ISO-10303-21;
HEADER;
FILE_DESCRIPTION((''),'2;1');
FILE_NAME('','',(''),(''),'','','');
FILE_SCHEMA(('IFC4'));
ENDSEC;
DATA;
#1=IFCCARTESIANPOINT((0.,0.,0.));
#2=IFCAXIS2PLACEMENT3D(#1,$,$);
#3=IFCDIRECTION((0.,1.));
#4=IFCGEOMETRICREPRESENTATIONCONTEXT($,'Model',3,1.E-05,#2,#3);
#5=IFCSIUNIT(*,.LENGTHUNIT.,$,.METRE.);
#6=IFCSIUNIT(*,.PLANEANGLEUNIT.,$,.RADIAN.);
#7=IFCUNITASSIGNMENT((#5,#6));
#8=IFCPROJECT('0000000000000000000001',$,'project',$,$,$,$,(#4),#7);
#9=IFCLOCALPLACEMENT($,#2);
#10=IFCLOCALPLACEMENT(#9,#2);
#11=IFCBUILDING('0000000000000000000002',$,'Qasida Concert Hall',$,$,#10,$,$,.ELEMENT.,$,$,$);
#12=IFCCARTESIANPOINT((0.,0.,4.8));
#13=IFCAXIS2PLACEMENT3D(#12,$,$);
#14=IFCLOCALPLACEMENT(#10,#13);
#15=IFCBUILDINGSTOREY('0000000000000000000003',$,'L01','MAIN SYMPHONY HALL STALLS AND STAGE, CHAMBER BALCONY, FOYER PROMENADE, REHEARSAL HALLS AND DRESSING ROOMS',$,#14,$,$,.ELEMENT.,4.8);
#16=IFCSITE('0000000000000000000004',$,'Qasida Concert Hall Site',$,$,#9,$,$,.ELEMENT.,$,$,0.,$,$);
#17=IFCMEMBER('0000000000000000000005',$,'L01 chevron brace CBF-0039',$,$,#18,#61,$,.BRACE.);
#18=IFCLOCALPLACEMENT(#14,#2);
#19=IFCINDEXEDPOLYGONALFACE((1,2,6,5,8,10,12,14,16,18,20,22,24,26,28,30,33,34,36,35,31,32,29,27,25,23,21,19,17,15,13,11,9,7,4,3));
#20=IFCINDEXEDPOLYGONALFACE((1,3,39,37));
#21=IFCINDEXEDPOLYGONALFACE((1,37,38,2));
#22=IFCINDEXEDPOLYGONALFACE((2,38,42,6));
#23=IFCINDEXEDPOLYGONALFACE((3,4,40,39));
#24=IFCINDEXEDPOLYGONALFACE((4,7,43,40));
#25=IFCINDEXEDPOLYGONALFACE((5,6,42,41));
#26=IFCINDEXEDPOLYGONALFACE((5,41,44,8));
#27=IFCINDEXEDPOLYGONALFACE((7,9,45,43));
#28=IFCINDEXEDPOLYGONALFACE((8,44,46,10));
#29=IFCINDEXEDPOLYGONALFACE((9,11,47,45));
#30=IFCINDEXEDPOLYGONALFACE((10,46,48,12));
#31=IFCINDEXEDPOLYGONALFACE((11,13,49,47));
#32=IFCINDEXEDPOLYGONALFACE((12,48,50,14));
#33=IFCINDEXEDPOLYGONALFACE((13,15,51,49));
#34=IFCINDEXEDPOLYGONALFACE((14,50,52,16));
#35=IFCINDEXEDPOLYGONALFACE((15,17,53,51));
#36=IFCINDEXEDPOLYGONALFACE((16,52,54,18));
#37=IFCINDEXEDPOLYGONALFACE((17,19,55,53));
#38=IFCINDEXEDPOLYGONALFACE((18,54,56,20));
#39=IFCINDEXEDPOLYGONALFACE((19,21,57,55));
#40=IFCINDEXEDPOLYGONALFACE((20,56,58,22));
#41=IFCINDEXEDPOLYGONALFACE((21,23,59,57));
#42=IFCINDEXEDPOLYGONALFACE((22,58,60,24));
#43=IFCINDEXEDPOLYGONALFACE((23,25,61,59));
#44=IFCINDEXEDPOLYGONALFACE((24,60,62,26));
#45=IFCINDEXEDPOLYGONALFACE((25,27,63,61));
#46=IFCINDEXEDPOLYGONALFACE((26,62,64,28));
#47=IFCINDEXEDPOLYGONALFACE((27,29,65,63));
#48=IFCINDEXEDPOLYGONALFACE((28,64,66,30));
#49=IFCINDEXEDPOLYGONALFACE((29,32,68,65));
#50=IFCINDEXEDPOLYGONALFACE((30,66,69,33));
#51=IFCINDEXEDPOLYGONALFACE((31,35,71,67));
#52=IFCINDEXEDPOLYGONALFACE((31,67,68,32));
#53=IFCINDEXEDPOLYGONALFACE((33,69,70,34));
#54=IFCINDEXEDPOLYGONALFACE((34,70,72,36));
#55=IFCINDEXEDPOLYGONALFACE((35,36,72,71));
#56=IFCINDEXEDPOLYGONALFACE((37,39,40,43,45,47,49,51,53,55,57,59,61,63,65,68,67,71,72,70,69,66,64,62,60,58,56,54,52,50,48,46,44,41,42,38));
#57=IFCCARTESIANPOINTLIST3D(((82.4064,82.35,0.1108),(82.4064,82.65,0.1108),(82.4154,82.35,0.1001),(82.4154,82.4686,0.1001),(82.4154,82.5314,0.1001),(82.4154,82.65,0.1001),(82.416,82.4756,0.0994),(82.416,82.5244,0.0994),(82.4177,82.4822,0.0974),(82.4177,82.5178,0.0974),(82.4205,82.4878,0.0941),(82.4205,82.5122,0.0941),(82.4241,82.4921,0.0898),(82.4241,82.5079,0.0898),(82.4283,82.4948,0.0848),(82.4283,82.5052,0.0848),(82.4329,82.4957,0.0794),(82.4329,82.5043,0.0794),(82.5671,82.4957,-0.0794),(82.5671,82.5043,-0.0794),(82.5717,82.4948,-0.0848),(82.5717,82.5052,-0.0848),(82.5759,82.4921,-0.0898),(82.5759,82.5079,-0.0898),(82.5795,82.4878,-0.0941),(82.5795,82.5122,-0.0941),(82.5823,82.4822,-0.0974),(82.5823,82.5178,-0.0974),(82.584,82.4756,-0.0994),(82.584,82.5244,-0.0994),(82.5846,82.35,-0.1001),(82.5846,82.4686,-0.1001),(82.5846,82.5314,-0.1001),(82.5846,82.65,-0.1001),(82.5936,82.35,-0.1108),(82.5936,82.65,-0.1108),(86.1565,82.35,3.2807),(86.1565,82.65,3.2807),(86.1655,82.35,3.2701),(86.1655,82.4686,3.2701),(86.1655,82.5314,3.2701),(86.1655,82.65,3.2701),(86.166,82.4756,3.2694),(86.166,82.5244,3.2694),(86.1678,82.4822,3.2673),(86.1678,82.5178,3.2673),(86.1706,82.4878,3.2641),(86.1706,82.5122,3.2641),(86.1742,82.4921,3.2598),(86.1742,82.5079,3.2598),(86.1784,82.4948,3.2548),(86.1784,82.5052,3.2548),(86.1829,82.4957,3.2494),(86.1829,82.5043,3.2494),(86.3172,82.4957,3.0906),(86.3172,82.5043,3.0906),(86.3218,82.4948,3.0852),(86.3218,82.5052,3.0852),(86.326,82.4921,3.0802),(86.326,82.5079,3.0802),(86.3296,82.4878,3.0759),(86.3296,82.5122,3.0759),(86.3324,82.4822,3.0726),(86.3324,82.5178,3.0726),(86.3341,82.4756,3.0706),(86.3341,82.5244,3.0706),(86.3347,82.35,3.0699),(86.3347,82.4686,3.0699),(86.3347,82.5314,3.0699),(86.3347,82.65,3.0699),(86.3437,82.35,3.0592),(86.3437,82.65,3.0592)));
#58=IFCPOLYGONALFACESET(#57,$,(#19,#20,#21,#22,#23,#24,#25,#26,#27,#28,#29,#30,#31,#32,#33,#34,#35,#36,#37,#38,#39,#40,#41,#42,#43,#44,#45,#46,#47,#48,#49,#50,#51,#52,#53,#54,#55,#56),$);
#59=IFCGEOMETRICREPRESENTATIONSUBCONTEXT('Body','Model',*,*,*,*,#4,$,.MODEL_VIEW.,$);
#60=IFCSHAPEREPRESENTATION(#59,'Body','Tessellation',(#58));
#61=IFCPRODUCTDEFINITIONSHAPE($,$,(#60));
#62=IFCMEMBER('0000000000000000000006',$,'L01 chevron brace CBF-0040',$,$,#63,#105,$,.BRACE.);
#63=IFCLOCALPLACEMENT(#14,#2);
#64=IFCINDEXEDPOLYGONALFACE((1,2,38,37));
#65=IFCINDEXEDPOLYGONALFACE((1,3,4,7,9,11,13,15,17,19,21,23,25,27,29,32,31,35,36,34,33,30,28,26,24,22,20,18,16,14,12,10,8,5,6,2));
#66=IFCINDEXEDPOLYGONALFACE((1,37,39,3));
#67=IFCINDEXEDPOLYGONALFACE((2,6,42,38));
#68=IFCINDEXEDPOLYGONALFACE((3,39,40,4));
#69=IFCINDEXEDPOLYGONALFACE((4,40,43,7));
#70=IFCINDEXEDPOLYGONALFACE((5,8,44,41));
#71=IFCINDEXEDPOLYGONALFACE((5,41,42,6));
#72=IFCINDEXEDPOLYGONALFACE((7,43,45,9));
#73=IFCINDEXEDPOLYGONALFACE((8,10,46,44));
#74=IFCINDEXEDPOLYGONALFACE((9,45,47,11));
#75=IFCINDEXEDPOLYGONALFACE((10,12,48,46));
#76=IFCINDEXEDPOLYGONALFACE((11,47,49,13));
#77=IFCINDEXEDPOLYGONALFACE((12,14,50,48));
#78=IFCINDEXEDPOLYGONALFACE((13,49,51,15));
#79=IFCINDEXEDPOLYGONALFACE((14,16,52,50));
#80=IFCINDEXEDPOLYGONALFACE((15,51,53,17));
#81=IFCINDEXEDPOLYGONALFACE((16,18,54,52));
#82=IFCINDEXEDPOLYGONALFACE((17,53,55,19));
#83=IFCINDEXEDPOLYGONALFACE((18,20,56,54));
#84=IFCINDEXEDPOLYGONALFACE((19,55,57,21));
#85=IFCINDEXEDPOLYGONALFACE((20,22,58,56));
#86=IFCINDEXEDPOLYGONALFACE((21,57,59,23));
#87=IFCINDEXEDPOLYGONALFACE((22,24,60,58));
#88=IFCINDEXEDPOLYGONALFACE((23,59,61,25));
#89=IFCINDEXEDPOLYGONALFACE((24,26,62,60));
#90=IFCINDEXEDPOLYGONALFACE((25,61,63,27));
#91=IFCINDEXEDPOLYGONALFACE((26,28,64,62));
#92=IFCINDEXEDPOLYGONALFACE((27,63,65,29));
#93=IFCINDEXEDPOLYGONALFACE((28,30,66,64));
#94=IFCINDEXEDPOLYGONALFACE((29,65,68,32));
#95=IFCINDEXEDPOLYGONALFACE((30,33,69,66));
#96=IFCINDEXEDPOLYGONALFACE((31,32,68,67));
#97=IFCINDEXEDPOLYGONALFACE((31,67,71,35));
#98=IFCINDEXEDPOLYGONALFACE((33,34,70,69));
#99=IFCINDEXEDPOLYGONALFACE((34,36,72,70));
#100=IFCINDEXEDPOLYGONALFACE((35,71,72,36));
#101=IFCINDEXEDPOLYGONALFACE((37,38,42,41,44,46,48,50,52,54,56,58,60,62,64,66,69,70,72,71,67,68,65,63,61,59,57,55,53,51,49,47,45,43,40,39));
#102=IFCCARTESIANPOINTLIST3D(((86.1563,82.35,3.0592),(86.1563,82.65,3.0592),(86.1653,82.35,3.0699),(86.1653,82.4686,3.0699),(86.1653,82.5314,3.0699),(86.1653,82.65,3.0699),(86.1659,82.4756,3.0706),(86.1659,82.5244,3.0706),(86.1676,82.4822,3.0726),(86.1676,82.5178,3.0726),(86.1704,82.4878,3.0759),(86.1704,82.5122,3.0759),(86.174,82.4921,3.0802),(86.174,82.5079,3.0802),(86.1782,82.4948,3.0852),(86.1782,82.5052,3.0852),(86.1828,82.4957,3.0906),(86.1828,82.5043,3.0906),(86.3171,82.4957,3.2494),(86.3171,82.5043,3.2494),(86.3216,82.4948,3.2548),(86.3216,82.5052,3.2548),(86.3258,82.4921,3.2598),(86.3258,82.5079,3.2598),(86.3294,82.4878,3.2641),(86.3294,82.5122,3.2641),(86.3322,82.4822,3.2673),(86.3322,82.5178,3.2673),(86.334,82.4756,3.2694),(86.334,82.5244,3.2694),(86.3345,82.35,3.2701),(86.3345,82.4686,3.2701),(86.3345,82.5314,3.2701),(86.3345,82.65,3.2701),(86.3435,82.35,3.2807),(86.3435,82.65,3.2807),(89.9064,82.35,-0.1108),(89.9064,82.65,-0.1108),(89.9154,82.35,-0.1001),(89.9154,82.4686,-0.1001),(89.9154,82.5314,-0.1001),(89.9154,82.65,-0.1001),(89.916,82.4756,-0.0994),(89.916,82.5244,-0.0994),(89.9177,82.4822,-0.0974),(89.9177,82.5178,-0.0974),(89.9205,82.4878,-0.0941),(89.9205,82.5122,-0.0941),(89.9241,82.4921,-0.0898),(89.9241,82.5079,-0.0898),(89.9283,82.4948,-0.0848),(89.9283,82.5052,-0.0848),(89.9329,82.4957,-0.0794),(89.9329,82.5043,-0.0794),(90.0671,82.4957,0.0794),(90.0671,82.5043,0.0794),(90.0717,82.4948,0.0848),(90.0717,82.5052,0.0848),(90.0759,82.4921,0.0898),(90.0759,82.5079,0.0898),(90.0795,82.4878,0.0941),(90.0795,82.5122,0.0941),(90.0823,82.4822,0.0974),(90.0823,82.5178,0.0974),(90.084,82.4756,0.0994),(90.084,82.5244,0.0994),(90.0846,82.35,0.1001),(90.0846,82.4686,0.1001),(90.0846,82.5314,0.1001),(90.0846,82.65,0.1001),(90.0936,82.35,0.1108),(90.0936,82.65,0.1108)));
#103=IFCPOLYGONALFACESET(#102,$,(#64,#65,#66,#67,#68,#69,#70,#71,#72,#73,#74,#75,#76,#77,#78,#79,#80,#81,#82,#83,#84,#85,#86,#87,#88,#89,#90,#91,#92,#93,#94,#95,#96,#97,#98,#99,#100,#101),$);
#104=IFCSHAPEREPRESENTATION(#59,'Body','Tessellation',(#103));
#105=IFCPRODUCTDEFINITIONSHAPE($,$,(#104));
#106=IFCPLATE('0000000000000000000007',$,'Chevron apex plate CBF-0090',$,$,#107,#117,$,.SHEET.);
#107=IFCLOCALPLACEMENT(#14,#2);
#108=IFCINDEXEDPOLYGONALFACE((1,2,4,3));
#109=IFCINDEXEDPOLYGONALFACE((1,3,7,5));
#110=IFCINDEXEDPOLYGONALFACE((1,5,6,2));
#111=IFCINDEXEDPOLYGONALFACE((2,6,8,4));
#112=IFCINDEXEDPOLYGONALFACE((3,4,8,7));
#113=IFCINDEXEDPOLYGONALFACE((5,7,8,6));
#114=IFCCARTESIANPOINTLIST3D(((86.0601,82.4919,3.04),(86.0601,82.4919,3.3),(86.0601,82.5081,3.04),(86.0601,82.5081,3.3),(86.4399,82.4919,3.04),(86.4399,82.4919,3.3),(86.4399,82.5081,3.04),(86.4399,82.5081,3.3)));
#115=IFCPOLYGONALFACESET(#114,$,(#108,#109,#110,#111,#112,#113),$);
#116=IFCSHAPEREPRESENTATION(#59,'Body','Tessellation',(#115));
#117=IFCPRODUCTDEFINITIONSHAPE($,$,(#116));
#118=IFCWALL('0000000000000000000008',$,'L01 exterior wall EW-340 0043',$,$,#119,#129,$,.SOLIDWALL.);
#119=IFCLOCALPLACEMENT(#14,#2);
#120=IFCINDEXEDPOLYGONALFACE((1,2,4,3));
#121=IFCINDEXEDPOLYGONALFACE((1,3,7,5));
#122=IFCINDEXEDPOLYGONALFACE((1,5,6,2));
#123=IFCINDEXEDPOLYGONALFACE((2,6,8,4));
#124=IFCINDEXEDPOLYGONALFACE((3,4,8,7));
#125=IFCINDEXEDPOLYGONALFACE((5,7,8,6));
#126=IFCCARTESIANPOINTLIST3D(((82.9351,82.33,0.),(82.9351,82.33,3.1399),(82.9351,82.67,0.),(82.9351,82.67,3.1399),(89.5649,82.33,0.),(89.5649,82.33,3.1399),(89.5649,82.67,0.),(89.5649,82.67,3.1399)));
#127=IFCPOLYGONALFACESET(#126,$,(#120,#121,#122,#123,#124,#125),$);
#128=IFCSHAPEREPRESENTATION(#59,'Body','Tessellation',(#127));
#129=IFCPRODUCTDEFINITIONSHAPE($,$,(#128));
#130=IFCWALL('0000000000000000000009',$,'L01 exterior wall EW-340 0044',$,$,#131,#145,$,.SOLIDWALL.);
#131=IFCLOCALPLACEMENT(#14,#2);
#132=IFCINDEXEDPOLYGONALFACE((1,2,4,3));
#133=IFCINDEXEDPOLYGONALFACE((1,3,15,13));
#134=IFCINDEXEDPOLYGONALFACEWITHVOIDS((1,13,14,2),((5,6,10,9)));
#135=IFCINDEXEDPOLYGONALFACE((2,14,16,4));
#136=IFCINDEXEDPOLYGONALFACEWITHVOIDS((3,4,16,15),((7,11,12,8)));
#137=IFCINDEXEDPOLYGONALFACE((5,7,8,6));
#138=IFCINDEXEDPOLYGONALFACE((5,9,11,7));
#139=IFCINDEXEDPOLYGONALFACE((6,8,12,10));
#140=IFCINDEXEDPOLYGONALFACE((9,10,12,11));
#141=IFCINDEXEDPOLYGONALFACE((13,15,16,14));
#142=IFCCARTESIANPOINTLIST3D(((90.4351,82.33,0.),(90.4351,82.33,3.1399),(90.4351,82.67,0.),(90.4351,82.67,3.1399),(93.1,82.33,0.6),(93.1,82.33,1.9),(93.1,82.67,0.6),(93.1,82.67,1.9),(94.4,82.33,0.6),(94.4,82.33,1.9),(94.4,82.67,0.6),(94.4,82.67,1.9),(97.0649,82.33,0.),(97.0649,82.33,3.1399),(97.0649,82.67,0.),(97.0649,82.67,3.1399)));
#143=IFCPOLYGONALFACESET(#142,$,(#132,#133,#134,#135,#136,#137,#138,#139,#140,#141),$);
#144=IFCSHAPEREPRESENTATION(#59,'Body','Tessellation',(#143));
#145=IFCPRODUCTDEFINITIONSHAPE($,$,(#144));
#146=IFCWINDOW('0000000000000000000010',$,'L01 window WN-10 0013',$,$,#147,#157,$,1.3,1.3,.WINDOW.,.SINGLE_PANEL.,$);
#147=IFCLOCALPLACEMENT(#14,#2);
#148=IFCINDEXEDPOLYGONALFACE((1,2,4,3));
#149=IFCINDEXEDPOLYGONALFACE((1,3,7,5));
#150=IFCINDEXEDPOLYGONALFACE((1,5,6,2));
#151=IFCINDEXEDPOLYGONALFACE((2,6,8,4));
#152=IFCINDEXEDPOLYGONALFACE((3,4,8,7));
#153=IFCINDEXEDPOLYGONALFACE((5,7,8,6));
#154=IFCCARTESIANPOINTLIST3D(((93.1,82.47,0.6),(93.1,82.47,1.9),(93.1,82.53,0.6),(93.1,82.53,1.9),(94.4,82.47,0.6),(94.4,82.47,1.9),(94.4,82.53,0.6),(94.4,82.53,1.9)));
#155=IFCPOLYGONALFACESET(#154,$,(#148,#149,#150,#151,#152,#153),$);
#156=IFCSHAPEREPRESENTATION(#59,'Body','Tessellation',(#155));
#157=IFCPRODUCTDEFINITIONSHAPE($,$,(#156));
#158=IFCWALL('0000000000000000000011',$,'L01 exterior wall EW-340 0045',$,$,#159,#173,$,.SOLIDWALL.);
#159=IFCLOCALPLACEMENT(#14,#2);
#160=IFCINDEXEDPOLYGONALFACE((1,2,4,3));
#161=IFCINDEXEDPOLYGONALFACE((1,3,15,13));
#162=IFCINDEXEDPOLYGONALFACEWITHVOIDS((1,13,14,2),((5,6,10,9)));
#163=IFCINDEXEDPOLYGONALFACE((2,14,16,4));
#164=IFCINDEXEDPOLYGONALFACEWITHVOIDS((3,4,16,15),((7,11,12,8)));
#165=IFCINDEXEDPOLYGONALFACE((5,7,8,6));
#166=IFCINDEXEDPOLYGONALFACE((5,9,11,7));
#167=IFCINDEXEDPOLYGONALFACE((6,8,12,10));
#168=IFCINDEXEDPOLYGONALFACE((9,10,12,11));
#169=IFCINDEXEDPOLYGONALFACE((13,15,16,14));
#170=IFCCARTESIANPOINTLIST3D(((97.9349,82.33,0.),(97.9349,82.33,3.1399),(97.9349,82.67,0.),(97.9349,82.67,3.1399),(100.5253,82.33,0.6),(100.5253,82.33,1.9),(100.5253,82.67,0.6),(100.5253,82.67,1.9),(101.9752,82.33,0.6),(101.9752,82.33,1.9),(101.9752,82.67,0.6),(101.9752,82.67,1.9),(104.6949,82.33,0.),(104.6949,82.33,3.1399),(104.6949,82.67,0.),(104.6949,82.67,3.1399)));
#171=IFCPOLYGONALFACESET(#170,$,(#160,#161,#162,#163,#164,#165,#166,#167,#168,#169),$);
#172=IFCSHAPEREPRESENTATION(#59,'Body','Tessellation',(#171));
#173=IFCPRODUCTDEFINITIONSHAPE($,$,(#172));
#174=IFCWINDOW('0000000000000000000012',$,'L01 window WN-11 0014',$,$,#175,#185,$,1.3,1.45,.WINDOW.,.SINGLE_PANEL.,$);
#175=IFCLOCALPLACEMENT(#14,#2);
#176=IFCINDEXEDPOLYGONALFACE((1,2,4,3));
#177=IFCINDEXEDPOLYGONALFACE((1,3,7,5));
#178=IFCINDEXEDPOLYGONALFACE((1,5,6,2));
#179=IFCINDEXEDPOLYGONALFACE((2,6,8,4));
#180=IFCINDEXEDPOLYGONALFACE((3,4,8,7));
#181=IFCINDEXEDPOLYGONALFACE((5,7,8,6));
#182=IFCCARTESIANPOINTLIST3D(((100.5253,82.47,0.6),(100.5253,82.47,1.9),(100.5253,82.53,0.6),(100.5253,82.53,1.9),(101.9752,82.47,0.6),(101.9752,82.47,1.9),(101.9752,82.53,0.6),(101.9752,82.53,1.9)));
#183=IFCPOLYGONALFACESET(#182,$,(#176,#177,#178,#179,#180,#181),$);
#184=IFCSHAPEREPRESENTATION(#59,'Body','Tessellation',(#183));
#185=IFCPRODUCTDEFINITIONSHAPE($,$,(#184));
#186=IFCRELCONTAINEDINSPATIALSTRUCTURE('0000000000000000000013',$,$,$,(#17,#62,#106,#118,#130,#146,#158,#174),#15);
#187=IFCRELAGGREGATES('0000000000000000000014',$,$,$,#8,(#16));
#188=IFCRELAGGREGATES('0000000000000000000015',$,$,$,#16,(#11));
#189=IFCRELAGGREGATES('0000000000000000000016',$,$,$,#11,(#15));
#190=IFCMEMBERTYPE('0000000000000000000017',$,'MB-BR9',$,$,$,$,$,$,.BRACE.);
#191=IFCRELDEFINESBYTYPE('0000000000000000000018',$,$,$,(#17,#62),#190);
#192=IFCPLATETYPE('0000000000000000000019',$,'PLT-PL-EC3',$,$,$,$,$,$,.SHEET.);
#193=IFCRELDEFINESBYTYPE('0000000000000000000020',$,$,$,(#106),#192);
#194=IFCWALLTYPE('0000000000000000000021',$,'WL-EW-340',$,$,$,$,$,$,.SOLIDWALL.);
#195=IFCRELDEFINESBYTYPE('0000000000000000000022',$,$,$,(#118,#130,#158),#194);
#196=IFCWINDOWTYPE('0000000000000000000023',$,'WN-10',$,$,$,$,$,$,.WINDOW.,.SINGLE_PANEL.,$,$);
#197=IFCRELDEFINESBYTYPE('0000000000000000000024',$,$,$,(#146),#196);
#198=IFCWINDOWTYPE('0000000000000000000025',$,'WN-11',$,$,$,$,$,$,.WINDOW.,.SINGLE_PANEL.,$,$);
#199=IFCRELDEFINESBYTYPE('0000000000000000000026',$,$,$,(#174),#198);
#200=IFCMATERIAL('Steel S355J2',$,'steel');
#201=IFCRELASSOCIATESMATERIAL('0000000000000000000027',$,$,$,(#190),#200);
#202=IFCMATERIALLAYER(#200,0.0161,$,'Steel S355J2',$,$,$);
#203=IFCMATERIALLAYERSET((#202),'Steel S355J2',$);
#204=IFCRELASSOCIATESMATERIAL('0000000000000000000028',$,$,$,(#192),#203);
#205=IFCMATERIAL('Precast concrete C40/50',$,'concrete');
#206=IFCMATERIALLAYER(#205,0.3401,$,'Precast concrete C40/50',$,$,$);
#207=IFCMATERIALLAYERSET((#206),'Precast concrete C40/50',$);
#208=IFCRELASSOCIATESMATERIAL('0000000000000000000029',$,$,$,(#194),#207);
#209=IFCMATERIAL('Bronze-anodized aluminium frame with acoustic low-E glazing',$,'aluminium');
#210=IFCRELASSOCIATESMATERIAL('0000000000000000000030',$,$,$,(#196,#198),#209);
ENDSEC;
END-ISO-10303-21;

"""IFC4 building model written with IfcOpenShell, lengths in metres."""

from ifc_helpers import new_model, si_unit, direction, frame, frame_2d, origin, origin_2d, place, context, subcontext, project, spatial, rectangle, i_section, extrude, material, layer, layer_set, material_profile, profile_set, type_object, element, fill, save


model = new_model("IFC4")

# Units and contexts
model_context = context("Model", 3, precision=1e-05, world=origin(), true_north=direction((0.0, 1.0)))
body_context = subcontext(model_context, "Body", "Model", "MODEL_VIEW")
ifc_project = project(units=[si_unit("LENGTHUNIT", "METRE"), si_unit("PLANEANGLEUNIT", "RADIAN")], contexts=[model_context])

# Site, building, storey
site_placement = place(None, origin())
site = spatial("IfcSite", under=ifc_project, at=site_placement, Name="Qasida Concert Hall Site", CompositionType="ELEMENT", RefElevation=0.0)
building_placement = place(site_placement, origin())
building = spatial("IfcBuilding", under=site, at=building_placement, Name="Qasida Concert Hall", CompositionType="ELEMENT")
storey_placement = place(building_placement, frame((0.0, 0.0, 4.8)))
storey = spatial("IfcBuildingStorey", under=building, at=storey_placement, Name="L01", Description="MAIN SYMPHONY HALL STALLS AND STAGE, CHAMBER BALCONY, FOYER PROMENADE, REHEARSAL HALLS AND DRESSING ROOMS", CompositionType="ELEMENT", Elevation=4.8)

# Shared definitions
ifc_material_1 = material(Name="Steel S355J2", Category="steel")

# Members
ifc_material_profile_1 = material_profile(ifc_material_1, i_section(OverallWidth=0.3, OverallDepth=0.29, WebThickness=0.0085, FlangeThickness=0.0139, FilletRadius=0.0271, at=origin_2d()), Name="HEA 300")
ifc_profile_set_1 = profile_set([ifc_material_profile_1], Name="Steel S355J2")
member_type = type_object("IfcMemberType", Name="MB-BR9", PredefinedType="BRACE", material=ifc_profile_set_1)
for number, where, z_axis, x_axis, name in (
    (1, (82.5, 82.5, 0.0), (0.763703, 0.0, 0.645568), (0.0, 1.0, 0.0), "L01 chevron brace CBF-0039"),
    (2, (90.0, 82.5, 0.0), (-0.763703, 0.0, 0.645568), (0.0, -1.0, 0.0), "L01 chevron brace CBF-0040"),
):
    element("IfcMember", number, at=place(storey_placement, frame(where, z_axis=z_axis, x_axis=x_axis)), inside=storey, type_object=member_type, Name=name, PredefinedType="BRACE", context=body_context, shape_type="SweptSolid", body=[
        extrude(i_section(OverallWidth=0.3, OverallDepth=0.29, WebThickness=0.0085, FlangeThickness=0.0139, FilletRadius=0.0271, at=origin_2d()), origin(), (0.0, 0.0, 1.0), 4.9104),
    ])

# Plate
ifc_layer_1 = layer(ifc_material_1, 0.0161, Name="Steel S355J2")
ifc_layer_set_1 = layer_set([ifc_layer_1], Name="Steel S355J2")
plate_type = type_object("IfcPlateType", Name="PLT-PL-EC3", PredefinedType="SHEET", material=ifc_layer_set_1)
plate_placement = place(storey_placement, frame((86.25, 82.5, 3.04), z_axis=(0.0, 0.0, 1.0), x_axis=(1.0, 0.0, 0.0)))
element("IfcPlate", 3, at=plate_placement, inside=storey, type_object=plate_type, Name="Chevron apex plate CBF-0090", PredefinedType="SHEET", context=body_context, shape_type="SweptSolid", body=[
    extrude(rectangle(XDim=0.3799, YDim=0.0161, at=origin_2d()), origin(), (0.0, 0.0, 1.0), 0.26),
])

# Wall
ifc_material_2 = material(Name="Precast concrete C40/50", Category="concrete")
ifc_layer_2 = layer(ifc_material_2, 0.3401, Name="Precast concrete C40/50")
ifc_layer_set_2 = layer_set([ifc_layer_2], Name="Precast concrete C40/50")
wall_type_1 = type_object("IfcWallType", Name="WL-EW-340", PredefinedType="SOLIDWALL", material=ifc_layer_set_2)
wall_1_placement = place(storey_placement, frame((82.9351, 82.5, 0.0), z_axis=(0.0, 0.0, 1.0), x_axis=(1.0, 0.0, 0.0)))
element("IfcWall", 4, at=wall_1_placement, inside=storey, type_object=wall_type_1, Name="L01 exterior wall EW-340 0043", PredefinedType="SOLIDWALL", context=body_context, shape_type="SweptSolid", body=[
    extrude(rectangle(XDim=6.6299, YDim=0.3401, at=frame_2d((3.3149, 0.0))), origin(), (0.0, 0.0, 1.0), 3.1399),
])

# Walls, openings, windows
wall_2_placement = place(storey_placement, frame((90.4351, 82.5, 0.0), z_axis=(0.0, 0.0, 1.0), x_axis=(1.0, 0.0, 0.0)))
wall_2 = element("IfcWall", 5, at=wall_2_placement, inside=storey, type_object=wall_type_1, Name="L01 exterior wall EW-340 0044", PredefinedType="SOLIDWALL", context=body_context, shape_type="SweptSolid", body=[
    extrude(rectangle(XDim=6.6299, YDim=0.3401, at=frame_2d((3.3149, 0.0))), origin(), (0.0, 0.0, 1.0), 3.1399),
])
opening_1_placement = place(wall_2_placement, frame((2.665, 0.0, 0.6001)))
opening_1 = element("IfcOpeningElement", 6, at=opening_1_placement, cuts=wall_2, PredefinedType="OPENING", context=body_context, shape_type="SweptSolid", body=[
    extrude(rectangle(XDim=1.3, YDim=1.3, at=frame_2d((0.6499, 0.6499))), frame((0.0, 0.1799, 0.0), z_axis=(0.0, -1.0, 0.0), x_axis=(1.0, 0.0, 0.0)), (0.0, 0.0, 1.0), 0.3601),
])
ifc_material_3 = material(Name="Bronze-anodized aluminium frame with acoustic low-E glazing", Category="aluminium")
window_type_1 = type_object("IfcWindowType", Name="WN-10", PartitioningType="SINGLE_PANEL", PredefinedType="WINDOW", material=ifc_material_3)
window_1_placement = place(opening_1_placement, origin())
window_1 = element("IfcWindow", 7, at=window_1_placement, inside=storey, type_object=window_type_1, Name="L01 window WN-10 0013", OverallHeight=1.3, OverallWidth=1.3, PartitioningType="SINGLE_PANEL", PredefinedType="WINDOW", context=body_context, shape_type="SweptSolid", body=[
    extrude(rectangle(XDim=1.3, YDim=1.3, at=frame_2d((0.6499, 0.6499))), frame((0.0, 0.03, 0.0), z_axis=(0.0, -1.0, 0.0), x_axis=(1.0, 0.0, 0.0)), (0.0, 0.0, 1.0), 0.0601),
])
fill(opening_1, window_1)
wall_3_placement = place(storey_placement, frame((97.9351, 82.5, 0.0), z_axis=(0.0, 0.0, 1.0), x_axis=(1.0, 0.0, 0.0)))
wall_3 = element("IfcWall", 8, at=wall_3_placement, inside=storey, type_object=wall_type_1, Name="L01 exterior wall EW-340 0045", PredefinedType="SOLIDWALL", context=body_context, shape_type="SweptSolid", body=[
    extrude(rectangle(XDim=6.76, YDim=0.3401, at=frame_2d((3.3799, 0.0))), origin(), (0.0, 0.0, 1.0), 3.1399),
])
opening_2_placement = place(wall_3_placement, frame((2.5901, 0.0, 0.6001)))
opening_2 = element("IfcOpeningElement", 9, at=opening_2_placement, cuts=wall_3, PredefinedType="OPENING", context=body_context, shape_type="SweptSolid", body=[
    extrude(rectangle(XDim=1.45, YDim=1.3, at=frame_2d((0.7251, 0.6499))), frame((0.0, 0.1799, 0.0), z_axis=(0.0, -1.0, 0.0), x_axis=(1.0, 0.0, 0.0)), (0.0, 0.0, 1.0), 0.3601),
])
window_type_2 = type_object("IfcWindowType", Name="WN-11", PartitioningType="SINGLE_PANEL", PredefinedType="WINDOW", material=ifc_material_3)
window_2_placement = place(opening_2_placement, origin())
window_2 = element("IfcWindow", 10, at=window_2_placement, inside=storey, type_object=window_type_2, Name="L01 window WN-11 0014", OverallHeight=1.3, OverallWidth=1.45, PartitioningType="SINGLE_PANEL", PredefinedType="WINDOW", context=body_context, shape_type="SweptSolid", body=[
    extrude(rectangle(XDim=1.45, YDim=1.3, at=frame_2d((0.7251, 0.6499))), frame((0.0, 0.03, 0.0), z_axis=(0.0, -1.0, 0.0), x_axis=(1.0, 0.0, 0.0)), (0.0, 0.0, 1.0), 0.0601),
])
fill(opening_2, window_2)

save(model, "model.ifc")
